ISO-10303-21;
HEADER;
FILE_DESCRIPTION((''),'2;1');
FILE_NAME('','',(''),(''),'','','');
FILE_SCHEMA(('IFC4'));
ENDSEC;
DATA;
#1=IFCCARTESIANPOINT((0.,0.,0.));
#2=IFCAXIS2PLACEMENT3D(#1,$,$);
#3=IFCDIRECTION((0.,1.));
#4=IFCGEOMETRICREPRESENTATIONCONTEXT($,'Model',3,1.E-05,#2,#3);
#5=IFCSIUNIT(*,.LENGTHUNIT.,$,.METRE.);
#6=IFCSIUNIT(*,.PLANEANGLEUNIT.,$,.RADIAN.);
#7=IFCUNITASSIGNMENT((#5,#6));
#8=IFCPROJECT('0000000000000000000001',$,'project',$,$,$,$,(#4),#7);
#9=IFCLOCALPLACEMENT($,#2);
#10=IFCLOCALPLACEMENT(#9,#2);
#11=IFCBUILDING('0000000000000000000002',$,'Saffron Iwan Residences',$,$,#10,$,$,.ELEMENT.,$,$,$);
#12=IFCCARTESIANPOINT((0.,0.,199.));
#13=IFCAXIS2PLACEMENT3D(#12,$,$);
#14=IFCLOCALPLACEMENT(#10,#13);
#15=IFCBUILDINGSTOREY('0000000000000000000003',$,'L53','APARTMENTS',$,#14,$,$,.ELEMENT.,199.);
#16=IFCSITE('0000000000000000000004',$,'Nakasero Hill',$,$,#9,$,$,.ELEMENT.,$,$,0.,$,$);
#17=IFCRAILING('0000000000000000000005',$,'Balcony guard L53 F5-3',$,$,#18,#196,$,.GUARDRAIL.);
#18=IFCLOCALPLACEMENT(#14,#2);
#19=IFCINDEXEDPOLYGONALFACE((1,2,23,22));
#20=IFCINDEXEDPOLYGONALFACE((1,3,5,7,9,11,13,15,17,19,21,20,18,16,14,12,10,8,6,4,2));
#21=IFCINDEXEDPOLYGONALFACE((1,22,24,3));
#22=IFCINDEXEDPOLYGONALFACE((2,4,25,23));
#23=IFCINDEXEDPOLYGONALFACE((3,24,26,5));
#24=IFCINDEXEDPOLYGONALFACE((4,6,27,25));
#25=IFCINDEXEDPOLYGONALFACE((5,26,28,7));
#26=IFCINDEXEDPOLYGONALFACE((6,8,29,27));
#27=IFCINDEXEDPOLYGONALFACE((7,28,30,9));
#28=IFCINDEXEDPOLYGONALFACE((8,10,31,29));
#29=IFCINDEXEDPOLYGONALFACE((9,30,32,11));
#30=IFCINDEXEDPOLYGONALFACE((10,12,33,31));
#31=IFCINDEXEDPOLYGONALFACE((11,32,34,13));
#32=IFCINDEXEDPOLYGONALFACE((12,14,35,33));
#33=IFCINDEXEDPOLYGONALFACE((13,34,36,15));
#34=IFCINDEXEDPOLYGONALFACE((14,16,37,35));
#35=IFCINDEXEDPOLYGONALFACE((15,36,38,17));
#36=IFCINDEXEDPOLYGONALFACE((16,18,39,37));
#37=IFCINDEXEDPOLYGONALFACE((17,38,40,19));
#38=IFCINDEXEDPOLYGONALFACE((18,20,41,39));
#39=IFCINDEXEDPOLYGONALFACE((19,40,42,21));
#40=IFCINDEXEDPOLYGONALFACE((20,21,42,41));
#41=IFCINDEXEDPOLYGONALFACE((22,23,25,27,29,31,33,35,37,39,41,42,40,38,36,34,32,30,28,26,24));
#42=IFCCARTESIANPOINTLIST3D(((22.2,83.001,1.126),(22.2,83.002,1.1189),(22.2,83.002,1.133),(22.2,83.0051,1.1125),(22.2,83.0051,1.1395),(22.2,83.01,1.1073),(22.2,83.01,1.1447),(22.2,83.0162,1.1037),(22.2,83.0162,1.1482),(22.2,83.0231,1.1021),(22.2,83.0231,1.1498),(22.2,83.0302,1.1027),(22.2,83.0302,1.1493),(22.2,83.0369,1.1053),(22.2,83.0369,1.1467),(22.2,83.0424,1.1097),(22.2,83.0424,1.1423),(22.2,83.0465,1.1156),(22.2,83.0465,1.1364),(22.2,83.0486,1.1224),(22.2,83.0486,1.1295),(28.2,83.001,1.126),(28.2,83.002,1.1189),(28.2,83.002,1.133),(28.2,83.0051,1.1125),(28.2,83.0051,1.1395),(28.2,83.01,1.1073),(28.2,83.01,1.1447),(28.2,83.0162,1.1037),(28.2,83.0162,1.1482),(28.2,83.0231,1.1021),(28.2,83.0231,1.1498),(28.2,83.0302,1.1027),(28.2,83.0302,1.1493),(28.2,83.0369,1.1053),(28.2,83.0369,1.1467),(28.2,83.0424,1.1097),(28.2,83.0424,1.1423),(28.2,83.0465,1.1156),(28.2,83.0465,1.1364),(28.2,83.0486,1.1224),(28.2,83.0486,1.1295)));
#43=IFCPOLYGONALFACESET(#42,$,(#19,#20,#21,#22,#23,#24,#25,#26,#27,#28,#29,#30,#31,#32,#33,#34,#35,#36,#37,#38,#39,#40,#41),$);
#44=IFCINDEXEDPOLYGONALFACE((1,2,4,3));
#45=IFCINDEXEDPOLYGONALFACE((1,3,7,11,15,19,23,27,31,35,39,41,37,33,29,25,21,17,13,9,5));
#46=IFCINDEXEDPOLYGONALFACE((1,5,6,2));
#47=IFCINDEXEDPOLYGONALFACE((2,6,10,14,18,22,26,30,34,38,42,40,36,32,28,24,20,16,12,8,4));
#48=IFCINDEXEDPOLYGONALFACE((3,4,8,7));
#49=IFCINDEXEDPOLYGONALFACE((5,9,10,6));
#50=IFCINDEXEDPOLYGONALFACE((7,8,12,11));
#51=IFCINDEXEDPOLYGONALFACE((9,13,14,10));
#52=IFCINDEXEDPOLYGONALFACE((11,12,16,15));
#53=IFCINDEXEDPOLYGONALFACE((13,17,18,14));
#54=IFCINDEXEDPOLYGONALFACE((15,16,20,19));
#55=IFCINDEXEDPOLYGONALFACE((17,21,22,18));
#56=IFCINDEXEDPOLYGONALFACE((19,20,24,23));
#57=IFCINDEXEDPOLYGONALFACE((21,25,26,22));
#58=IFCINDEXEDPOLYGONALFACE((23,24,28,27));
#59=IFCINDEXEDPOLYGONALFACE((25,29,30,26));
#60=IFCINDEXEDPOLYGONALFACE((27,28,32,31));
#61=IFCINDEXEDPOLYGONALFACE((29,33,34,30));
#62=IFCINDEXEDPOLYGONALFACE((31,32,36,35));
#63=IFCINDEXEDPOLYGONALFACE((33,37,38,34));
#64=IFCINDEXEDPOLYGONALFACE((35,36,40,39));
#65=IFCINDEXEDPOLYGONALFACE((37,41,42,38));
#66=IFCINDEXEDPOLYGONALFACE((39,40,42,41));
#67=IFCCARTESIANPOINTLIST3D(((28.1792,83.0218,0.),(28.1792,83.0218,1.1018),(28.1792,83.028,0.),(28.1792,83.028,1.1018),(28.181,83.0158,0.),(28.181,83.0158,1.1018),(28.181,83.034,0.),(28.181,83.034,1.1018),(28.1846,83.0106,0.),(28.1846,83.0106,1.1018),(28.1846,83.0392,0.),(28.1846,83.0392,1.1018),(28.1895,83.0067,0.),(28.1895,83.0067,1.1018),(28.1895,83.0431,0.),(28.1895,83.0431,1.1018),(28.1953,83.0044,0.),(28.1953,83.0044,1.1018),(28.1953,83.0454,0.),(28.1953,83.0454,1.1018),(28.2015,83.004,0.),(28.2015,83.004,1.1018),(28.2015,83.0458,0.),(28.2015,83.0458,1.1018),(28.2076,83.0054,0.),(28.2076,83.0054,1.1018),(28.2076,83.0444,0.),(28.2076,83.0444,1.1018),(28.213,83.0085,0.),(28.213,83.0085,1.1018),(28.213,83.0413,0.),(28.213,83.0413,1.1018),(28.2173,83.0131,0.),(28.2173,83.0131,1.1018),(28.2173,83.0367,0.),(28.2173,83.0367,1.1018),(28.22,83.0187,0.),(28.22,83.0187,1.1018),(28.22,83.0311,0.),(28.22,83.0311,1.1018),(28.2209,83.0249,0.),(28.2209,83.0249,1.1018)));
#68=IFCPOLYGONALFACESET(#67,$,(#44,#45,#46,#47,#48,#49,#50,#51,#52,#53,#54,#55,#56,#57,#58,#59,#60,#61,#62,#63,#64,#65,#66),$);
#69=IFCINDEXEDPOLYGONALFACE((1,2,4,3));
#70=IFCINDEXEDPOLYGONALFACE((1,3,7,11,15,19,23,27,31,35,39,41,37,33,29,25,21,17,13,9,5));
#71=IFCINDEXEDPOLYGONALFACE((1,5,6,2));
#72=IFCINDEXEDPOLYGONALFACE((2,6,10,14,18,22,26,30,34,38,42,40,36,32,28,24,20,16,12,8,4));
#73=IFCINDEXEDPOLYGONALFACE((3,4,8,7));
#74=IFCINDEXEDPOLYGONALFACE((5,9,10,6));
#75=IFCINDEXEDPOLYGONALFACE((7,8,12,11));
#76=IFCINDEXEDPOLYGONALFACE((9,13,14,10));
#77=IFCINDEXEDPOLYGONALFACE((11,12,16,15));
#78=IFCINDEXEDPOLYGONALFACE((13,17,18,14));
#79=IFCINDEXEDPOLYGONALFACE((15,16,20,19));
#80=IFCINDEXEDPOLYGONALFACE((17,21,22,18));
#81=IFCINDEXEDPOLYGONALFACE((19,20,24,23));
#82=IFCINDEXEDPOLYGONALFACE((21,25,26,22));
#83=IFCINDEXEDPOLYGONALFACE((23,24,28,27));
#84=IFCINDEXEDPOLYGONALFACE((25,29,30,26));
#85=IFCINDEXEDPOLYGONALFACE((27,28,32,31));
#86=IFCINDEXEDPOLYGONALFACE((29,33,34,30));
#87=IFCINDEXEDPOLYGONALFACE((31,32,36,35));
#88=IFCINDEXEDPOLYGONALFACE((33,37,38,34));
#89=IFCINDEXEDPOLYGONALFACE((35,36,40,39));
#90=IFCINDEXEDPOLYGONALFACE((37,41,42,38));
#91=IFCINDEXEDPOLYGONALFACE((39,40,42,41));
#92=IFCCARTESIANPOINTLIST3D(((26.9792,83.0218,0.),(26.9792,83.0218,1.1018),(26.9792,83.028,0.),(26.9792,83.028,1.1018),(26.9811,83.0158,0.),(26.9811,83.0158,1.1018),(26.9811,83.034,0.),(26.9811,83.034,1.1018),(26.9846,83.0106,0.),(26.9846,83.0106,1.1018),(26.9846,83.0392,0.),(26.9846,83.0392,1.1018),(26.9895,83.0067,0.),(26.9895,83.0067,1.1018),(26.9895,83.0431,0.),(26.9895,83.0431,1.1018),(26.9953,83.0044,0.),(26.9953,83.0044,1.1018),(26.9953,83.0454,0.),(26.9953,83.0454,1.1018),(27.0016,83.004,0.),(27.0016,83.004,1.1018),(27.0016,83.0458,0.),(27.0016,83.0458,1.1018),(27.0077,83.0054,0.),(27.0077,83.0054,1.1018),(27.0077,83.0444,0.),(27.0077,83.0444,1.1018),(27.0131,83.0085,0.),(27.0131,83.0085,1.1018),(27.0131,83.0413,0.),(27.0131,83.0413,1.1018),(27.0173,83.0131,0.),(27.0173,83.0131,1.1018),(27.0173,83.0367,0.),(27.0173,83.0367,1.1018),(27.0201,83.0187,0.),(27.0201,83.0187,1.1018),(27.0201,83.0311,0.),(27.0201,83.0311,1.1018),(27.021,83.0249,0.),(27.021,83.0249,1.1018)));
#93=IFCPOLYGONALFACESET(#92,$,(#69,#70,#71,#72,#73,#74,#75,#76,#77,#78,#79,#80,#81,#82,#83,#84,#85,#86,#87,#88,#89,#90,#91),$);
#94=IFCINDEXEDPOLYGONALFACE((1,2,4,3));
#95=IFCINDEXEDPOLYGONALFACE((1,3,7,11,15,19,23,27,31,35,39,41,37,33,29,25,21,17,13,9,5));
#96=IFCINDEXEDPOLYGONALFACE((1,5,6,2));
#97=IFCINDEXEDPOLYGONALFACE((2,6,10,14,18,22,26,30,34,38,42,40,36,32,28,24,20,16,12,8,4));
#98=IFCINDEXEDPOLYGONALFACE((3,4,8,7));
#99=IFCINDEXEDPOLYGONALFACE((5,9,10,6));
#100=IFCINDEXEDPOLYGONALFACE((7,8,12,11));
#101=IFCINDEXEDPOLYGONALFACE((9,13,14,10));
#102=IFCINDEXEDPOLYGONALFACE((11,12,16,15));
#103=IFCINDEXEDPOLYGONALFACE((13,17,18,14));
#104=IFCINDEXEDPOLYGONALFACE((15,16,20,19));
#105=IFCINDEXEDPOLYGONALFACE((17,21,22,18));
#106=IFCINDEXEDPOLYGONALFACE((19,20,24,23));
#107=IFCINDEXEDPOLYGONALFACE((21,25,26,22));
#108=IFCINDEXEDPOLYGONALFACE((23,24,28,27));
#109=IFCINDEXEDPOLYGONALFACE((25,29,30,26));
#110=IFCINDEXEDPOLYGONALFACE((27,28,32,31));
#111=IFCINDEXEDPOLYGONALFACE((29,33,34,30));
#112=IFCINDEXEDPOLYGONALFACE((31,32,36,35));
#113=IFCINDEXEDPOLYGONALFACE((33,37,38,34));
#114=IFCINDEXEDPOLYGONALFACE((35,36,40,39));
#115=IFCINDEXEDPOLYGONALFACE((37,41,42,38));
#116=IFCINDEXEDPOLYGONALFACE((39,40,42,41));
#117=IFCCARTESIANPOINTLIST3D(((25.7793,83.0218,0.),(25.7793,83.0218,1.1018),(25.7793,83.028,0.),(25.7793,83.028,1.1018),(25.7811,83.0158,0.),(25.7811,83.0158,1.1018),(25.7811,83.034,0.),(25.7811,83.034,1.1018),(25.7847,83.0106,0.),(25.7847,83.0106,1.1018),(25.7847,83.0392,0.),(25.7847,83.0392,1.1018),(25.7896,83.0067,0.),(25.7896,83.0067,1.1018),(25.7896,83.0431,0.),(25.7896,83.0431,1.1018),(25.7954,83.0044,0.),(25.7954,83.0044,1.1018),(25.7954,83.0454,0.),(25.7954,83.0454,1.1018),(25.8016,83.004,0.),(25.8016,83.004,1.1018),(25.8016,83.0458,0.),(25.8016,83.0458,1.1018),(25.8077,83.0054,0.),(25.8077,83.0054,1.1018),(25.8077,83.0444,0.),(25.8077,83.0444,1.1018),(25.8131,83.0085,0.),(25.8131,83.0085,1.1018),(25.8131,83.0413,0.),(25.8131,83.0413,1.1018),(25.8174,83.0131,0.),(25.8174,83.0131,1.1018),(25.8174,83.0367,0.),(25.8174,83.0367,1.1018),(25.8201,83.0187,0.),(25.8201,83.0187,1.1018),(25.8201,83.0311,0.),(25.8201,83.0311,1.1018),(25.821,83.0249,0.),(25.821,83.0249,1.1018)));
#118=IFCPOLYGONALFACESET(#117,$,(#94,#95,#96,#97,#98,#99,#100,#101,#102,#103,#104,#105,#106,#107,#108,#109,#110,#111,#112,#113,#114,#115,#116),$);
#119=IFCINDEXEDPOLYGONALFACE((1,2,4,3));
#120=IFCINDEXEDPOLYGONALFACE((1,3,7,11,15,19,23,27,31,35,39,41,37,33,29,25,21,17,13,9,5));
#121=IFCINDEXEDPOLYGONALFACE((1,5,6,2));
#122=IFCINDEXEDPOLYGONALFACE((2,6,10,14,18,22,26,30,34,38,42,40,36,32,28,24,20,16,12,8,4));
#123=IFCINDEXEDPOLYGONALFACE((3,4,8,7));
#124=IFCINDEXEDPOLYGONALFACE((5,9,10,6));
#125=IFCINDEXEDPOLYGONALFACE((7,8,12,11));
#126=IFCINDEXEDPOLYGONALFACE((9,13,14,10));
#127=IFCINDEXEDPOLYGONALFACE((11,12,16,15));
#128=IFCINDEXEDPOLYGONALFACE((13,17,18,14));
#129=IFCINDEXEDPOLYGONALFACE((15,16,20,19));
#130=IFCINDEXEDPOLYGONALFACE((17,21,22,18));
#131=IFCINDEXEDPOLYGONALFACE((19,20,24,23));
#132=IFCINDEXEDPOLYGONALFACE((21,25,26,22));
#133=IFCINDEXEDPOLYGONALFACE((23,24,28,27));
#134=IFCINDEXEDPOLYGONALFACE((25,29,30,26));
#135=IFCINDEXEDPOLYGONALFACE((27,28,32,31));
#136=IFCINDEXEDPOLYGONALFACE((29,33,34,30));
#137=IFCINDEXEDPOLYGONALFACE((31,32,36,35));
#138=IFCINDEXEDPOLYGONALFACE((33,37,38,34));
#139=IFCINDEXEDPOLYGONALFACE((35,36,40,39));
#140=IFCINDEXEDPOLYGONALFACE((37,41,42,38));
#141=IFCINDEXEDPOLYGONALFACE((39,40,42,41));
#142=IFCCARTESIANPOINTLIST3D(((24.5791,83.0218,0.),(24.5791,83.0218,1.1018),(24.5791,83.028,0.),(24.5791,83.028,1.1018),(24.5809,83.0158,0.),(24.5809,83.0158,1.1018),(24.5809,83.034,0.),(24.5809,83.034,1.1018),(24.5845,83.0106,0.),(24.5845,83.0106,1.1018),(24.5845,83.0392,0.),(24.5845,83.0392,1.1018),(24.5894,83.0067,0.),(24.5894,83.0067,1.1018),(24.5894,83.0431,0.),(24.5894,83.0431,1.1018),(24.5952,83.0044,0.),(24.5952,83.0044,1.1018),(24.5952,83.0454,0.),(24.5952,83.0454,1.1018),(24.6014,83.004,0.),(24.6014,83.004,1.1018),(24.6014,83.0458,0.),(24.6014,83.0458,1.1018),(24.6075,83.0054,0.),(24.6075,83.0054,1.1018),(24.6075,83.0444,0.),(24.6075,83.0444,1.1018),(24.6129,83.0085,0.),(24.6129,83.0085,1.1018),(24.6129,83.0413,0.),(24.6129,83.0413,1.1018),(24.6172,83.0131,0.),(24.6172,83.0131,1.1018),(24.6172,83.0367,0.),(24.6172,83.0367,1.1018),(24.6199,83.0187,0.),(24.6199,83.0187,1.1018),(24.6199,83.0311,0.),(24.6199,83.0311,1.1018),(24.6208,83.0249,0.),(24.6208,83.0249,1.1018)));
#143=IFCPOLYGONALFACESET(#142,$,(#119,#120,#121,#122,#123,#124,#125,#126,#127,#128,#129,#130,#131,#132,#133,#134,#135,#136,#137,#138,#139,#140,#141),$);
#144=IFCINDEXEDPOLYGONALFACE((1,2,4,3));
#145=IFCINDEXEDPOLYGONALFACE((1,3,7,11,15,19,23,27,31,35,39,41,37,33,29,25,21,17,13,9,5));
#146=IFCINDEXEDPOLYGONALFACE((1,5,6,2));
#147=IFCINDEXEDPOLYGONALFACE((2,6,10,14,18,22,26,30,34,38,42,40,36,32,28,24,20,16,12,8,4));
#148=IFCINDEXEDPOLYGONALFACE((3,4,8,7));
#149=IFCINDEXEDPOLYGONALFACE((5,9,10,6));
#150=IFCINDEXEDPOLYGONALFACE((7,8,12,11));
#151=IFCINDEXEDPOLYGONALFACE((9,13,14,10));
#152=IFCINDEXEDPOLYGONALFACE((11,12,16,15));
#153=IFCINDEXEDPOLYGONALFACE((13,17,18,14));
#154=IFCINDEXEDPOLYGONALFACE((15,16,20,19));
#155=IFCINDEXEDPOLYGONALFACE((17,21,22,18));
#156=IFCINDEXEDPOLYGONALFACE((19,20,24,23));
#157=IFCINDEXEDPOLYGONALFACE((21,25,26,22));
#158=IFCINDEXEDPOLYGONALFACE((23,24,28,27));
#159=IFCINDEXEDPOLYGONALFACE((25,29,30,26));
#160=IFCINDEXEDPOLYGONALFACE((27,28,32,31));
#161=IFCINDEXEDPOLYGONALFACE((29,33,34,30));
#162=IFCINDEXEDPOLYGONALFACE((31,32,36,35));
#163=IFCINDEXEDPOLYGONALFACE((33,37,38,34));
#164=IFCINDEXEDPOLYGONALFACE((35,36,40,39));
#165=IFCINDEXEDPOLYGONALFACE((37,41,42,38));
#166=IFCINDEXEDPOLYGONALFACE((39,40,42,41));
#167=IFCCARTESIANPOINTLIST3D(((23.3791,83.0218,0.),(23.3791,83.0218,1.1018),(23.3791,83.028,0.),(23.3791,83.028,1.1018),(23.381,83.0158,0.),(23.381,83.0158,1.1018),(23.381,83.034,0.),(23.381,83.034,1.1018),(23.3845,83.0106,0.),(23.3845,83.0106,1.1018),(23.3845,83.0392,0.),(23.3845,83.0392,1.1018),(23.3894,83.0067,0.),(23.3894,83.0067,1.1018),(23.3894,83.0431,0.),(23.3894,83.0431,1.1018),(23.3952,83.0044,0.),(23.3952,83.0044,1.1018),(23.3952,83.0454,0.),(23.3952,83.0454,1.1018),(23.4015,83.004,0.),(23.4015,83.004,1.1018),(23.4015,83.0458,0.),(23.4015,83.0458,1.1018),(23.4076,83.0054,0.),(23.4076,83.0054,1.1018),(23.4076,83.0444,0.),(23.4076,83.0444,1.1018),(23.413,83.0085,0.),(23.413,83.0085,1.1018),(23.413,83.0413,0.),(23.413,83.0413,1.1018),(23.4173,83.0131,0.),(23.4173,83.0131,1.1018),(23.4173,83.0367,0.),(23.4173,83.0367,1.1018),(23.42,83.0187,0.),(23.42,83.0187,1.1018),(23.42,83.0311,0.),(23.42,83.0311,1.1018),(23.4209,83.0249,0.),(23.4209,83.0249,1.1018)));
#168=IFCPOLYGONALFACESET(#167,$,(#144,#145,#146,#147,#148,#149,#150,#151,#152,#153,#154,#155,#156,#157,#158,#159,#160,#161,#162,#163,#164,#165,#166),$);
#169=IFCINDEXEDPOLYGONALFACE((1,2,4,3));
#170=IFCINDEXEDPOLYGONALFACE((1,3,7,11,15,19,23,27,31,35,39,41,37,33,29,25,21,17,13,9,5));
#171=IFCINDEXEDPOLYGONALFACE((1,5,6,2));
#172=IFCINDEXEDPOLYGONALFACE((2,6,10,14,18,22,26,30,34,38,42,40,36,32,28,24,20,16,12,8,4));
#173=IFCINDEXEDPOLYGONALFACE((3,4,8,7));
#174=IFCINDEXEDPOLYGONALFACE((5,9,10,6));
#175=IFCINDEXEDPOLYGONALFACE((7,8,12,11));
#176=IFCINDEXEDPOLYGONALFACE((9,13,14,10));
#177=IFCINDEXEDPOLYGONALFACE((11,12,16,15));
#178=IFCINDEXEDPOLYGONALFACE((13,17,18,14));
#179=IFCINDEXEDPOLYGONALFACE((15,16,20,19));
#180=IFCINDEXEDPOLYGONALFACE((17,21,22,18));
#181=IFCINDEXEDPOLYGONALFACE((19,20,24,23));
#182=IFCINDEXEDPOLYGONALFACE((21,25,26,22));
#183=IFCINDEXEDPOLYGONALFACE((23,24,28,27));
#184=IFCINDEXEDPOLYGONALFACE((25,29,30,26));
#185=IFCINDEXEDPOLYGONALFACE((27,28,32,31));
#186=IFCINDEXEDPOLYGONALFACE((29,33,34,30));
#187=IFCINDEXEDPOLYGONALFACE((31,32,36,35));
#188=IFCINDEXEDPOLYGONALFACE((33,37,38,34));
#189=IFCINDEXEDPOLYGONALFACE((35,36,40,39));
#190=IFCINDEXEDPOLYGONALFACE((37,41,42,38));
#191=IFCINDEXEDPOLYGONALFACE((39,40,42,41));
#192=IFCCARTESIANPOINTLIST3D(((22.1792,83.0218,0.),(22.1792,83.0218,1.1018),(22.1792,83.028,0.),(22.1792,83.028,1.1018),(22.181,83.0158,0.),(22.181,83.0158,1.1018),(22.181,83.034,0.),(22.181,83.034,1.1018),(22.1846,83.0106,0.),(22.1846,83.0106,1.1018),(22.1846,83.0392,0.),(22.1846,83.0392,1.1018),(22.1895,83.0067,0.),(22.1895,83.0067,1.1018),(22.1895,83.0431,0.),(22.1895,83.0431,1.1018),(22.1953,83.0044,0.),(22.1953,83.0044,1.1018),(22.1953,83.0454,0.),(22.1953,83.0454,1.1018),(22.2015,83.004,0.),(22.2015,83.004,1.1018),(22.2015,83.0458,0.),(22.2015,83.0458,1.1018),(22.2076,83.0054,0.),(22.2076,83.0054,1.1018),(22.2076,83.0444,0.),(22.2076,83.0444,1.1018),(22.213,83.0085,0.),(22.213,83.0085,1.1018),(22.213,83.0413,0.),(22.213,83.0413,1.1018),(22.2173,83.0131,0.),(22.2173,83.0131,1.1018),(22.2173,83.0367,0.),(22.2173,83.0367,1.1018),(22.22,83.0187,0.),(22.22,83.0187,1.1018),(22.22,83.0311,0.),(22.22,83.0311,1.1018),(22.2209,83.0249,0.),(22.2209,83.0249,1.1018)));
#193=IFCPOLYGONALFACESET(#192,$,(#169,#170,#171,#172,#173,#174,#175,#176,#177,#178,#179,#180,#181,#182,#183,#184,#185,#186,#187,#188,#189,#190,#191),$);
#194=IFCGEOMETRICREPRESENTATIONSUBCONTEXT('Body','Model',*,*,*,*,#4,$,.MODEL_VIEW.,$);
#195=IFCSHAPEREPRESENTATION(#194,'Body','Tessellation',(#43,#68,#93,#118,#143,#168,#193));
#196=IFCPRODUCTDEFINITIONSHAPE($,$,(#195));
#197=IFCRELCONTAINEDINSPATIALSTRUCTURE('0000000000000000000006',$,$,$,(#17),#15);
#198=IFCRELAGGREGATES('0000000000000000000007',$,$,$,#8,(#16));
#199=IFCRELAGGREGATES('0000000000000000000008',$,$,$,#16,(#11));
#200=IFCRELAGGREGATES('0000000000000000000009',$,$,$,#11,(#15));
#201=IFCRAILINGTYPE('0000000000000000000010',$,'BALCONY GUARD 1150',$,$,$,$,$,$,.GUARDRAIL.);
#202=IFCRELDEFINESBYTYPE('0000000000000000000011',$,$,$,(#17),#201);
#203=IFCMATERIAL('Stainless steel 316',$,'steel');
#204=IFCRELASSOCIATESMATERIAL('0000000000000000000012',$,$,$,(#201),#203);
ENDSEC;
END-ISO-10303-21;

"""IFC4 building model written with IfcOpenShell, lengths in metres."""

from ifc_helpers import new_model, si_unit, direction, frame, origin, origin_2d, place, context, subcontext, project, spatial, circle, extrude, material, type_object, element, save


model = new_model("IFC4")

# Units and contexts
model_context = context("Model", 3, precision=1e-05, world=origin(), true_north=direction((0.0, 1.0)))
body_context = subcontext(model_context, "Body", "Model", "MODEL_VIEW")
ifc_project = project(units=[si_unit("LENGTHUNIT", "METRE"), si_unit("PLANEANGLEUNIT", "RADIAN")], contexts=[model_context])

# Site, building, storey
site_placement = place(None, origin())
site = spatial("IfcSite", under=ifc_project, at=site_placement, Name="Nakasero Hill", CompositionType="ELEMENT", RefElevation=0.0)
building_placement = place(site_placement, origin())
building = spatial("IfcBuilding", under=site, at=building_placement, Name="Saffron Iwan Residences", CompositionType="ELEMENT")
storey_placement = place(building_placement, frame((0.0, 0.0, 199.0)))
storey = spatial("IfcBuildingStorey", under=building, at=storey_placement, Name="L53", Description="APARTMENTS", CompositionType="ELEMENT", Elevation=199.0)

# Railing
ifc_material_1 = material(Name="Stainless steel 316", Category="steel")
railing_type = type_object("IfcRailingType", Name="BALCONY GUARD 1150", PredefinedType="GUARDRAIL", material=ifc_material_1)
railing_placement = place(storey_placement, frame((28.2, 83.0249, 0.0)))
element("IfcRailing", 1, at=railing_placement, inside=storey, type_object=railing_type, Name="Balcony guard L53 F5-3", PredefinedType="GUARDRAIL", context=body_context, shape_type="SweptSolid", body=[
    extrude(circle(Radius=0.0239, at=origin_2d()), frame((0.0, 0.0, 1.126), z_axis=(-1.0, 0.0, 0.0), x_axis=(0.0, -1.0, 0.0)), (0.0, 0.0, 1.0), 6.0),
    extrude(circle(Radius=0.021, at=origin_2d()), origin(), (0.0, 0.0, 1.0), 1.1018),
    extrude(circle(Radius=0.021, at=origin_2d()), frame((-1.2, 0.0, 0.0)), (0.0, 0.0, 1.0), 1.1018),
    extrude(circle(Radius=0.021, at=origin_2d()), frame((-2.3999, 0.0, 0.0)), (0.0, 0.0, 1.0), 1.1018),
    extrude(circle(Radius=0.021, at=origin_2d()), frame((-3.6001, 0.0, 0.0)), (0.0, 0.0, 1.0), 1.1018),
    extrude(circle(Radius=0.021, at=origin_2d()), frame((-4.8, 0.0, 0.0)), (0.0, 0.0, 1.0), 1.1018),
    extrude(circle(Radius=0.021, at=origin_2d()), frame((-6.0, 0.0, 0.0)), (0.0, 0.0, 1.0), 1.1018),
])

save(model, "model.ifc")
